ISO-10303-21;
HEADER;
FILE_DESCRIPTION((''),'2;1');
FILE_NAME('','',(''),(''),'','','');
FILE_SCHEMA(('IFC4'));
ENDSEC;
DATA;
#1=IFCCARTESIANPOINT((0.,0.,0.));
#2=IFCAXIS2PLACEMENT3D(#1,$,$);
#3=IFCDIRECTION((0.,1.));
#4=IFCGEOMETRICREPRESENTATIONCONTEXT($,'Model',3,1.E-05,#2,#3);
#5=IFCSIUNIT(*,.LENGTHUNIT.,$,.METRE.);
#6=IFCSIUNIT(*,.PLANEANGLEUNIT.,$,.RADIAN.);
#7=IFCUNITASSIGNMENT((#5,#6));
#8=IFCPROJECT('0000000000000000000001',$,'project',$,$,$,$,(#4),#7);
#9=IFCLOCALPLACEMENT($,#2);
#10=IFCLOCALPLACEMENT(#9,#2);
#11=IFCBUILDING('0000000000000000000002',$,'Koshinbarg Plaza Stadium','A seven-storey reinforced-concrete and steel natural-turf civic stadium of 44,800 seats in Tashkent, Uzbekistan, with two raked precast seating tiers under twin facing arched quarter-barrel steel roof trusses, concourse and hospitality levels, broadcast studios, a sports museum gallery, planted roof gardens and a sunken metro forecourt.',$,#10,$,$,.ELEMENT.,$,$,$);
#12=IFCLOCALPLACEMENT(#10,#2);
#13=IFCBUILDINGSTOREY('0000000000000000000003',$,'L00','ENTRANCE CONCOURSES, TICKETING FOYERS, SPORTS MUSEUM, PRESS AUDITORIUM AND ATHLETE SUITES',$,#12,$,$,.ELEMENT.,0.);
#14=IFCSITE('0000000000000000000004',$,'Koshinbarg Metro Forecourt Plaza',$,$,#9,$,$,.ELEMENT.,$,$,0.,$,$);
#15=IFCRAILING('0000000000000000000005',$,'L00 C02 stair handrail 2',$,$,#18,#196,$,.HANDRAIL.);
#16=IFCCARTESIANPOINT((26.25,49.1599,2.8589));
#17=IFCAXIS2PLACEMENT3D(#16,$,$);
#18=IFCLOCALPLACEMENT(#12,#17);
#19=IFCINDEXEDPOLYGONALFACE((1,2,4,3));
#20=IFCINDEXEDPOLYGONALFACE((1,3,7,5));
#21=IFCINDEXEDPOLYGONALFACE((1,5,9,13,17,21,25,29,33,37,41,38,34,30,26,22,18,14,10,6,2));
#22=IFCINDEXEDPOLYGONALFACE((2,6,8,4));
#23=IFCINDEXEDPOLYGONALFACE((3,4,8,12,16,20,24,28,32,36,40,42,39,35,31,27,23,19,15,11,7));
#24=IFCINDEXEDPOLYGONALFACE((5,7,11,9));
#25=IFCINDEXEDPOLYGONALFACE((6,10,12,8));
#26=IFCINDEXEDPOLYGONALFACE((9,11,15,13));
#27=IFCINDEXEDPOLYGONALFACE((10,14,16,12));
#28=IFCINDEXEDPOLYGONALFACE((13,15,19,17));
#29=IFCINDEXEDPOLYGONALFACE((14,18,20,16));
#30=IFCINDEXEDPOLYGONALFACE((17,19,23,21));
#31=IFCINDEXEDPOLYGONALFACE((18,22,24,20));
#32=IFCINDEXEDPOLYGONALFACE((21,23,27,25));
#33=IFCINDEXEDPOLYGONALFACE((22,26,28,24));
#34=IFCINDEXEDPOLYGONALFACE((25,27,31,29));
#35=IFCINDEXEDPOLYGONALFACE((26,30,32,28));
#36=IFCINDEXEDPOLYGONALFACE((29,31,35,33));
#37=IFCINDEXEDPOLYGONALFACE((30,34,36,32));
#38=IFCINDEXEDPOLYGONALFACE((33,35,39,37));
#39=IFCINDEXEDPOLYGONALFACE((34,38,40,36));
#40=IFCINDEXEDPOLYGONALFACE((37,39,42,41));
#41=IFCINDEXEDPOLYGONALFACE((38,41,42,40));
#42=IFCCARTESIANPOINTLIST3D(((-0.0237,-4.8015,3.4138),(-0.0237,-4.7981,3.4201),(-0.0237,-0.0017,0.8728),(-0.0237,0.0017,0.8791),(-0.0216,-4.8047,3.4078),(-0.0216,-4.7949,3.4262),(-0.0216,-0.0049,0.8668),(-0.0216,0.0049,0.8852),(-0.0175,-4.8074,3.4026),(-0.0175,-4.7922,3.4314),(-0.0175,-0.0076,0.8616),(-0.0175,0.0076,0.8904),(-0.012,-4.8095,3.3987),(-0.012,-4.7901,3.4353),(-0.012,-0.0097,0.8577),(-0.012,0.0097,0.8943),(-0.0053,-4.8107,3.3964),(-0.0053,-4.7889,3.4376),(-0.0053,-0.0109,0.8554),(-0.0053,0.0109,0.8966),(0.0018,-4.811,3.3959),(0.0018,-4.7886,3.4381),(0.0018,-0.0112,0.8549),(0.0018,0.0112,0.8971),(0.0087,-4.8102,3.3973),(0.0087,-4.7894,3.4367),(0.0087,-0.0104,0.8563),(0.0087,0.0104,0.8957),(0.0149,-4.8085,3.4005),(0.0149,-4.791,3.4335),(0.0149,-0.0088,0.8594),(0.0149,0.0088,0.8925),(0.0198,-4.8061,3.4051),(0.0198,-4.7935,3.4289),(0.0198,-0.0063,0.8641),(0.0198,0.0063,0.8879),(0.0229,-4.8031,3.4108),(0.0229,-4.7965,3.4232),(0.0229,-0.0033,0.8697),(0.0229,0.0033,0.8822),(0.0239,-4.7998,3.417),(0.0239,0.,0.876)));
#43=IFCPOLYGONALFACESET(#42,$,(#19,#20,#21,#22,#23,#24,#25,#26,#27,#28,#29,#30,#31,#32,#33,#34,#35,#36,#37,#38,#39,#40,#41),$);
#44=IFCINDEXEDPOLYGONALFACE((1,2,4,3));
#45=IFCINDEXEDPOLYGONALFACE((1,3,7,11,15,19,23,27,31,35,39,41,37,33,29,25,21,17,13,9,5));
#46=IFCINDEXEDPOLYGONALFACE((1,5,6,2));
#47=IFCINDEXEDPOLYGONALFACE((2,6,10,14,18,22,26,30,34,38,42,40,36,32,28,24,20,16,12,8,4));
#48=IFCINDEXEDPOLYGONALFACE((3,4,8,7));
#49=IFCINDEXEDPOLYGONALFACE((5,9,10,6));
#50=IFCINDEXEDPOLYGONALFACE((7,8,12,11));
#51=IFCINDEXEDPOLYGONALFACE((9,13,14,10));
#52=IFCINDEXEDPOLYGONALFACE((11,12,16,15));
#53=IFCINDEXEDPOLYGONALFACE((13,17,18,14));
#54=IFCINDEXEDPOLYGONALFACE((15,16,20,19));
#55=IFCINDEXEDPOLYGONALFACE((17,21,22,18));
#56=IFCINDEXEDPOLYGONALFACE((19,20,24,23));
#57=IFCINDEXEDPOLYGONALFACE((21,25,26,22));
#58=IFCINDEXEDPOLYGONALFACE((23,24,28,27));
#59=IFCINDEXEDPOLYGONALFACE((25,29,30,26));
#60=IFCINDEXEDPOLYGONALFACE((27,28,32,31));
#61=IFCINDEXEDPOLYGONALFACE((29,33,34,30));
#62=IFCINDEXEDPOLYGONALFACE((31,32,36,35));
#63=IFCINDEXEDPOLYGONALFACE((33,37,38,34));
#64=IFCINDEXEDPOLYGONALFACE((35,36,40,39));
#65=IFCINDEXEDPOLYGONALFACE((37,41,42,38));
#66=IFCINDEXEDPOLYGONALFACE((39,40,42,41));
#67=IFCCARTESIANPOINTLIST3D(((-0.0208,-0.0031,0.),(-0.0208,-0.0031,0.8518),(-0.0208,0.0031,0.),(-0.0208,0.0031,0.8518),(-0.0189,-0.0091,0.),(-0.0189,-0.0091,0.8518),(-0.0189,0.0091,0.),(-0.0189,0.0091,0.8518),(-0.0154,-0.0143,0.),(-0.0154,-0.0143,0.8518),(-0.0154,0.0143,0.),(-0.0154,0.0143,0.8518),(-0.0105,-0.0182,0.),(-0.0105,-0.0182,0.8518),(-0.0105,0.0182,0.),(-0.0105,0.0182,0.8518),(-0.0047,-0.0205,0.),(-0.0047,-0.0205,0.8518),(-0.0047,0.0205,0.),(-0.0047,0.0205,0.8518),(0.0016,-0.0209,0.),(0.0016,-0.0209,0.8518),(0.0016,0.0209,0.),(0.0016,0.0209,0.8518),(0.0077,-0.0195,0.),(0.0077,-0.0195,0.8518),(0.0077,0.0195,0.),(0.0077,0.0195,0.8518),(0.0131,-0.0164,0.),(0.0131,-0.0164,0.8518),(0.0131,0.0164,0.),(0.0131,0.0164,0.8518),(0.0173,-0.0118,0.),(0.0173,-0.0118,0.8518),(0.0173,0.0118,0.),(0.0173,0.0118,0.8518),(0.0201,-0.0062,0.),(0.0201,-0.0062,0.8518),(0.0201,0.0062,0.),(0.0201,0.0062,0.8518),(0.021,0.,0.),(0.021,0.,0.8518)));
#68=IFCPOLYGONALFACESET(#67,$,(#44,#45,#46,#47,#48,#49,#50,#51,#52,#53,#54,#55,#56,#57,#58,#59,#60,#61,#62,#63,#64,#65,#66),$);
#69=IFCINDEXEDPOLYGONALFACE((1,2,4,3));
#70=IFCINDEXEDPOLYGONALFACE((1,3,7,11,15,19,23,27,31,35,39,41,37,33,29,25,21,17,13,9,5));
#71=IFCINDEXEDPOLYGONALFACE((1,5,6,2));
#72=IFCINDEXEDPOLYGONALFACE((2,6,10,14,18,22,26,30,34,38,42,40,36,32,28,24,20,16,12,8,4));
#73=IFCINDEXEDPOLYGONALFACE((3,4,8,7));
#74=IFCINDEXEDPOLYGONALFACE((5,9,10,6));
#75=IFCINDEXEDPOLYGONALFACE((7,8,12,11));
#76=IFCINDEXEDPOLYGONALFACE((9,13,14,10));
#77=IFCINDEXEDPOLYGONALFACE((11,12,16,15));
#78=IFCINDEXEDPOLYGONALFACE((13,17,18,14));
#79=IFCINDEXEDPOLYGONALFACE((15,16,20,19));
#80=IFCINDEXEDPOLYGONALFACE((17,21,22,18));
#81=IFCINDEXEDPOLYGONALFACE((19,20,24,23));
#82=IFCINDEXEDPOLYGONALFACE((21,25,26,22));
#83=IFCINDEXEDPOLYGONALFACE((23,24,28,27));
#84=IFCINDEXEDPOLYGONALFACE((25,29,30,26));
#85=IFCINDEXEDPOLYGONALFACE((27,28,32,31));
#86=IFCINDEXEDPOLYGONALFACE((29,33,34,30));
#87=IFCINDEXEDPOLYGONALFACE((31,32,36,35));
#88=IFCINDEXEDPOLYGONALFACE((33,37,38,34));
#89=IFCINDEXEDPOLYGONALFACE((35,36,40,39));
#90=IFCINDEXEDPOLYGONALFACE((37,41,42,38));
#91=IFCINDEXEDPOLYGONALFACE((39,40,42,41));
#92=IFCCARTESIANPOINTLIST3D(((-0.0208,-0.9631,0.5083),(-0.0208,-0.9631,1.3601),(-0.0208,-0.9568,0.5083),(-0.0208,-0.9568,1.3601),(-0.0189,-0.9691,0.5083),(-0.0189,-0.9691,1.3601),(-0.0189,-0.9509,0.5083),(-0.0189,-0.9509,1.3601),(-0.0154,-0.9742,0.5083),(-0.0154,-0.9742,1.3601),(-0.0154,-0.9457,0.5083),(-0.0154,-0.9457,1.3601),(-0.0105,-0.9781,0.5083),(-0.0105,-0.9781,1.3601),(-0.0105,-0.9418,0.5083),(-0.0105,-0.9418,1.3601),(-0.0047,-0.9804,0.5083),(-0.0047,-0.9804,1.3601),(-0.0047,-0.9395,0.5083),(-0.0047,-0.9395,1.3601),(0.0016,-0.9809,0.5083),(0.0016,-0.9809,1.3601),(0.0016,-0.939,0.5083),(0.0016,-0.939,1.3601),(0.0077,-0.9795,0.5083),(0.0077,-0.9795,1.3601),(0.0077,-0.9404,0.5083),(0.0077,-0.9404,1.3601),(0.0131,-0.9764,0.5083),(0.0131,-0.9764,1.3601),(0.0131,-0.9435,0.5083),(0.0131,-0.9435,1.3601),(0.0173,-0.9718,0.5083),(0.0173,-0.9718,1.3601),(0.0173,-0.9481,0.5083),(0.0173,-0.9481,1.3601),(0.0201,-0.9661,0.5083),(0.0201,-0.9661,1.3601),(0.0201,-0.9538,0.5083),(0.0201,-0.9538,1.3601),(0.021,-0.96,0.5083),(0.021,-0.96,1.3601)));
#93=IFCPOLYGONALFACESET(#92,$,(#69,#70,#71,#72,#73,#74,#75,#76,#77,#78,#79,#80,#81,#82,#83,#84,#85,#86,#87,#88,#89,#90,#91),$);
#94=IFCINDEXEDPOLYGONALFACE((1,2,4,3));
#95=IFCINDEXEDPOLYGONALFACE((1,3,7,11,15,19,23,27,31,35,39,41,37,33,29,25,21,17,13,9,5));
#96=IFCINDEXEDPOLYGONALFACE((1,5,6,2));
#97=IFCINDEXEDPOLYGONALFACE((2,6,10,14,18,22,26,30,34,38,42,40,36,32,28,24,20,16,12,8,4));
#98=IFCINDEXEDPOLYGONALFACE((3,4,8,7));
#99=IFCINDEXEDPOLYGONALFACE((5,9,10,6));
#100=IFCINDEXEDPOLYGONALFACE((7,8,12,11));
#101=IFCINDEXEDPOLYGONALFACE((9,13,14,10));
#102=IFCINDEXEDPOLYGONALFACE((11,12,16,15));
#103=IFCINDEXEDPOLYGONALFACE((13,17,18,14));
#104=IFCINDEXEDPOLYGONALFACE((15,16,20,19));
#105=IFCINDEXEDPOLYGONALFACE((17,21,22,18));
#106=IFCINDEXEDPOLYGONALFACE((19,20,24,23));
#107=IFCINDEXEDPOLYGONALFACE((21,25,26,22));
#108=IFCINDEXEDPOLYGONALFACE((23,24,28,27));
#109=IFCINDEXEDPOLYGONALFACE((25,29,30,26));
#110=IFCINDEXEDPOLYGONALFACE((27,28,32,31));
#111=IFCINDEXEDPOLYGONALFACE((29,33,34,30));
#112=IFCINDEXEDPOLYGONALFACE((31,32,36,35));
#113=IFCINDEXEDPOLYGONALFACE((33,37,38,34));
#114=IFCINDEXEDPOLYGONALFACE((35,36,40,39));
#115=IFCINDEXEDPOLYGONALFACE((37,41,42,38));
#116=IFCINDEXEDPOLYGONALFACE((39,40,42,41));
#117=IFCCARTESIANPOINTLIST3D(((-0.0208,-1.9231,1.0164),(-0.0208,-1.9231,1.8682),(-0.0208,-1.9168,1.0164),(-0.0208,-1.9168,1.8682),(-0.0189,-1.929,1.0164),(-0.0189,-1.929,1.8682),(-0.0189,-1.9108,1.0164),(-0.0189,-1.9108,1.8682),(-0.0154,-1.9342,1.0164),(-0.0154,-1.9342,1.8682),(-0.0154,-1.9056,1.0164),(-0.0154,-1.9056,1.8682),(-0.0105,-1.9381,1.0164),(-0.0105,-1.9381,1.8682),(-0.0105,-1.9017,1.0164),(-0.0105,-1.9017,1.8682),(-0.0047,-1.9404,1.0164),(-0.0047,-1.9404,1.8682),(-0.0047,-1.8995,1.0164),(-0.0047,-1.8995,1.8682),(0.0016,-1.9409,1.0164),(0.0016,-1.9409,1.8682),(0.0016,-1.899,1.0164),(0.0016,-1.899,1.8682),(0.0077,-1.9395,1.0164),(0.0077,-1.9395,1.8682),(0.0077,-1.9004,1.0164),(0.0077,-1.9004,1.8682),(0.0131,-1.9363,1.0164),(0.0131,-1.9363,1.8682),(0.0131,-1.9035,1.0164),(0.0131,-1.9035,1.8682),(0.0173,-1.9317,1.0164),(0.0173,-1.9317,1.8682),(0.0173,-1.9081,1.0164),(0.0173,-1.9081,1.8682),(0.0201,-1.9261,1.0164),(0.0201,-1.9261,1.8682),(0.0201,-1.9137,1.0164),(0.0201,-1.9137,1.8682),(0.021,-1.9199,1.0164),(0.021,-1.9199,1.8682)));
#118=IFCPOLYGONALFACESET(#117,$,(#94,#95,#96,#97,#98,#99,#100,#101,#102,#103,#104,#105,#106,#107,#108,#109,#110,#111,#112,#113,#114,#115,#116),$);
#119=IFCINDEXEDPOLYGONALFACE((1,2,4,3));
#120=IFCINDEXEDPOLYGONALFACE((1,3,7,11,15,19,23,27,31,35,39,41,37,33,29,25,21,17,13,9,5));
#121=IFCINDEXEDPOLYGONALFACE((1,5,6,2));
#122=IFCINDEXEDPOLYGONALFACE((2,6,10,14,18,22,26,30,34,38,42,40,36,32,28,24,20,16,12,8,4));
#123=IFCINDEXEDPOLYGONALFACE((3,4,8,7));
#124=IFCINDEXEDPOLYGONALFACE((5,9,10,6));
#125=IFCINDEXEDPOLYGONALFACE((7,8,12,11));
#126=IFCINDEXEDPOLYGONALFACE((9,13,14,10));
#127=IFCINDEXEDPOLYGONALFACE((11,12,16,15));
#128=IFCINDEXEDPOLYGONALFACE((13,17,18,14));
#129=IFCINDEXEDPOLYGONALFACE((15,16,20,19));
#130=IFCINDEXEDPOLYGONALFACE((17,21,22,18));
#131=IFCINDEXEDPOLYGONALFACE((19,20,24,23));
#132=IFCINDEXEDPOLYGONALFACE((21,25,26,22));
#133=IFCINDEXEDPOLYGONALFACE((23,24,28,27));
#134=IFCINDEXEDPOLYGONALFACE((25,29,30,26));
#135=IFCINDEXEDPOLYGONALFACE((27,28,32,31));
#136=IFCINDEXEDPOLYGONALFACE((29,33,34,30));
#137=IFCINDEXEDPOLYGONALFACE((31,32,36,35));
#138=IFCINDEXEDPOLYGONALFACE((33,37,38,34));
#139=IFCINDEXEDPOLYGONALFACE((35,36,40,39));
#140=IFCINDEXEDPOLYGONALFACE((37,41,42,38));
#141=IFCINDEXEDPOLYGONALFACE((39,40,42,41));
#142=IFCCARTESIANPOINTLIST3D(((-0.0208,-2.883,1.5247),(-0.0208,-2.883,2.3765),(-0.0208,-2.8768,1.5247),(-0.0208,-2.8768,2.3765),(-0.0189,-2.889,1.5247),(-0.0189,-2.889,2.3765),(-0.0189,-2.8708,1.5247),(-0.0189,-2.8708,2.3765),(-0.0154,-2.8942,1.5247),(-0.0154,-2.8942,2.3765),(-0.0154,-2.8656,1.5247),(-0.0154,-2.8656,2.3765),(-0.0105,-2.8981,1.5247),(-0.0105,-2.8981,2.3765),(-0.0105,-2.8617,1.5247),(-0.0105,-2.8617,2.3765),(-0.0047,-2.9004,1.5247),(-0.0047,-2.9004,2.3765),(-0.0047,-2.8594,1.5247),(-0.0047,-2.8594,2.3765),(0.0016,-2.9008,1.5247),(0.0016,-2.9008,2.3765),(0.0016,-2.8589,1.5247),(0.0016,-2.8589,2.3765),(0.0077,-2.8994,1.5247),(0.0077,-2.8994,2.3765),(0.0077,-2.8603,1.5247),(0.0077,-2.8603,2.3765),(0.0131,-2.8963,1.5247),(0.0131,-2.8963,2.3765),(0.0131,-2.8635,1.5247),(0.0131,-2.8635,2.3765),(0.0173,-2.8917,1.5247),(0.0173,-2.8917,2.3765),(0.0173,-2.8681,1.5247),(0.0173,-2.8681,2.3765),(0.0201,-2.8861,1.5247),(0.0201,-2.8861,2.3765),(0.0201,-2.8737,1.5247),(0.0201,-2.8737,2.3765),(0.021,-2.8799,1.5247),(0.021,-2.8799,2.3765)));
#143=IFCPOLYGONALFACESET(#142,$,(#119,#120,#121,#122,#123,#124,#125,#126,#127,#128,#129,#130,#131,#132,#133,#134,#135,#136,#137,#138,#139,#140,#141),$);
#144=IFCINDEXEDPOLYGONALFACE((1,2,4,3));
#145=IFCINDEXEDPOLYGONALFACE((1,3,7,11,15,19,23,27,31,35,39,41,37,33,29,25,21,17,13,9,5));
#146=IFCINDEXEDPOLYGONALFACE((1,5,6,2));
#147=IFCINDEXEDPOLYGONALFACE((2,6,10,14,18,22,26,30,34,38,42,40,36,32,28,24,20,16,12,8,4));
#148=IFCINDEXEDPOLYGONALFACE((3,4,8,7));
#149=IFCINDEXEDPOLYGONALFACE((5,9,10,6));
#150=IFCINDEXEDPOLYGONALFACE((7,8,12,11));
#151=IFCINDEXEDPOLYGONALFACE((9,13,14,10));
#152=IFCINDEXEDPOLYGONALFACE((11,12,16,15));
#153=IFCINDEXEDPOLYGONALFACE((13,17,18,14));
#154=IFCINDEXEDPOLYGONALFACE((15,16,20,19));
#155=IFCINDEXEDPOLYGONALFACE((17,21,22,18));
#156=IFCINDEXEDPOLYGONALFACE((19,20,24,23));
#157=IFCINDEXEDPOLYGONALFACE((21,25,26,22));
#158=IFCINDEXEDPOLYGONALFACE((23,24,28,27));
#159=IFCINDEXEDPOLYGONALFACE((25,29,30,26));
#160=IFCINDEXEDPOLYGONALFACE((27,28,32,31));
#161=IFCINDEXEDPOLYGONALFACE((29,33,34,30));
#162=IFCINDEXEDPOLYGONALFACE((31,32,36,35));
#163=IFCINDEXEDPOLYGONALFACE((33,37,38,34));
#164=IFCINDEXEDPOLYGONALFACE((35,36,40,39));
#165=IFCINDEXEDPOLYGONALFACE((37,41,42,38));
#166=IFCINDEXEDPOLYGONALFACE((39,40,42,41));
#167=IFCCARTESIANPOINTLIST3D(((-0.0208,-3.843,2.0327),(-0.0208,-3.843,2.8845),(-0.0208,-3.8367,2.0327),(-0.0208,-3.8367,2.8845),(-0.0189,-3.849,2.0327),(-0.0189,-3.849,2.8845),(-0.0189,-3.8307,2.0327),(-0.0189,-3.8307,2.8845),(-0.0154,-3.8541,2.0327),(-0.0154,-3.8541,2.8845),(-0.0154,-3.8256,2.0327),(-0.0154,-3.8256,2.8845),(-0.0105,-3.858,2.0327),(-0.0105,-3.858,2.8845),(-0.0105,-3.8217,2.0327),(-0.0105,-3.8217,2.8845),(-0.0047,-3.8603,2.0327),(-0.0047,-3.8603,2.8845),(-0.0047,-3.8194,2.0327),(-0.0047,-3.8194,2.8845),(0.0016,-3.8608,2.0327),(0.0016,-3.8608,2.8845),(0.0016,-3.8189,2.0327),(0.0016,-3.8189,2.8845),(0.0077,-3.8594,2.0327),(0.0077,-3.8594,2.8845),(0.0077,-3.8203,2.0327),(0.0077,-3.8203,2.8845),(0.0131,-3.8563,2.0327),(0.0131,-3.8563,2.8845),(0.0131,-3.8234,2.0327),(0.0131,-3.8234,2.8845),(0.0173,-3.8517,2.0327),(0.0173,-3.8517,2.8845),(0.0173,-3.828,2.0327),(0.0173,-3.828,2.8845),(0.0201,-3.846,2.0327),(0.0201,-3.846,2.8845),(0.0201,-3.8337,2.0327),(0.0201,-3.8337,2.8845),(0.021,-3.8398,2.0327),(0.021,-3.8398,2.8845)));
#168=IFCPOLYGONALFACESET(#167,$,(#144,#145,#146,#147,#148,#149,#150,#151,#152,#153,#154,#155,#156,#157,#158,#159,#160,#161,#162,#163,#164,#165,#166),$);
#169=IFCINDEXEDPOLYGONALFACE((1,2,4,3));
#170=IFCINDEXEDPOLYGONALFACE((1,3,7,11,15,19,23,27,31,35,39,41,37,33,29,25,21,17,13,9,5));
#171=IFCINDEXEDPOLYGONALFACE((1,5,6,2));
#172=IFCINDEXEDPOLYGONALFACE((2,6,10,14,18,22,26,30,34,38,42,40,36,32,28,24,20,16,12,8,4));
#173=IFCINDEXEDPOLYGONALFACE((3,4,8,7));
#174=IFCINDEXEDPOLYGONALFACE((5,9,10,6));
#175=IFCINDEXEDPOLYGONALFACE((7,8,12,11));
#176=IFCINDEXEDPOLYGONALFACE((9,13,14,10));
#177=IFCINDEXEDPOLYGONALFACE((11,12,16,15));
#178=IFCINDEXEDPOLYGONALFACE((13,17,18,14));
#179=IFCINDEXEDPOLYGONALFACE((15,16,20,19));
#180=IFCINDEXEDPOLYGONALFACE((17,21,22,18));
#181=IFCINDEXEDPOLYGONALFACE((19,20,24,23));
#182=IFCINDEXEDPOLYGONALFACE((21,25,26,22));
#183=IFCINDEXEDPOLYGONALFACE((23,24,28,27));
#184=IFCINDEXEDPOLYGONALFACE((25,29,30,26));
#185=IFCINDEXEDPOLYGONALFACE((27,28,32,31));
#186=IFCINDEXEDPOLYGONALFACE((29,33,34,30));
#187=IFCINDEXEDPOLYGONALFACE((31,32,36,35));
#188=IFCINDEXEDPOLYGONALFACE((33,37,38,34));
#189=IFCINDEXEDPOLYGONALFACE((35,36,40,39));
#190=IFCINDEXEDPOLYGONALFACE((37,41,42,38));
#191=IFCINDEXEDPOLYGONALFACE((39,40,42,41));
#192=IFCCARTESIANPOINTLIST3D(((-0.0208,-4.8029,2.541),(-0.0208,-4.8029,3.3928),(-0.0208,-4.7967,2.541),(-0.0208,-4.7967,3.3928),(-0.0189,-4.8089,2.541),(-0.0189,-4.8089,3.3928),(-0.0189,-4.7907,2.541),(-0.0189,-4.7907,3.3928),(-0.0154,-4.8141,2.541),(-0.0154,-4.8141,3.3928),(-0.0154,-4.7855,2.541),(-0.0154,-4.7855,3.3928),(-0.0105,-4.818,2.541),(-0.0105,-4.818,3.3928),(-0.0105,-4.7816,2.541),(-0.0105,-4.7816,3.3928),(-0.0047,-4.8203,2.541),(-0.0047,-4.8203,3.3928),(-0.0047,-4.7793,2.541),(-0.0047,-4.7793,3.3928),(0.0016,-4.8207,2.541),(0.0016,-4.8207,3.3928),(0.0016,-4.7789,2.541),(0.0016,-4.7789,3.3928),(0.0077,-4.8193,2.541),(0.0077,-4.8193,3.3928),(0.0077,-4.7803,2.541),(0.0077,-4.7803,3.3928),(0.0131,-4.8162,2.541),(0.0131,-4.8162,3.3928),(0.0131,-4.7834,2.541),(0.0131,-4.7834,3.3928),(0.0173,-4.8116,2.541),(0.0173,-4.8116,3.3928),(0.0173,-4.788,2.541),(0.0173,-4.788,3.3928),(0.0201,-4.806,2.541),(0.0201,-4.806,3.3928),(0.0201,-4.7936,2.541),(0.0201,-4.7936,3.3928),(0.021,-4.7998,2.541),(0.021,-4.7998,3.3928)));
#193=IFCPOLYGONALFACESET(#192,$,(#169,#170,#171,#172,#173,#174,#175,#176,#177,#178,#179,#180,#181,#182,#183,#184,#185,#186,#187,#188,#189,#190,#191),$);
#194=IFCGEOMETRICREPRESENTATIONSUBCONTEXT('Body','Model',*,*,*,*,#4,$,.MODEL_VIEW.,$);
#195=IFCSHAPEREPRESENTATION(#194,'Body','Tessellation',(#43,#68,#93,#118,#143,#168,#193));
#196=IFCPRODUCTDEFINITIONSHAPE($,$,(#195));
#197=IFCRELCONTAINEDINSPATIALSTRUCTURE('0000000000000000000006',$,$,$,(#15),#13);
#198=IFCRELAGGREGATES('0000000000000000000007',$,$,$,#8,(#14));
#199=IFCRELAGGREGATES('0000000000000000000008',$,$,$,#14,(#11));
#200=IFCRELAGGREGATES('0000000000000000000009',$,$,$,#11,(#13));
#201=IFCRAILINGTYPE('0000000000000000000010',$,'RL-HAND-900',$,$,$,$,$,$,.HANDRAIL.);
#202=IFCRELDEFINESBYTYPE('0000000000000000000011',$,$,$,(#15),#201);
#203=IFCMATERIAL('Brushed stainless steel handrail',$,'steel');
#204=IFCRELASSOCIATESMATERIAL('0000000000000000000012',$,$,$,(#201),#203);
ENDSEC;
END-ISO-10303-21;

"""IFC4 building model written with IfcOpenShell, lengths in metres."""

from ifc_helpers import new_model, si_unit, direction, frame, origin, origin_2d, place, context, subcontext, project, spatial, circle, extrude, material, type_object, element, save


model = new_model("IFC4")

# Units and contexts
model_context = context("Model", 3, precision=1e-05, world=origin(), true_north=direction((0.0, 1.0)))
body_context = subcontext(model_context, "Body", "Model", "MODEL_VIEW")
ifc_project = project(units=[si_unit("LENGTHUNIT", "METRE"), si_unit("PLANEANGLEUNIT", "RADIAN")], contexts=[model_context])

# Site, building, storey
site_placement = place(None, origin())
site = spatial("IfcSite", under=ifc_project, at=site_placement, Name="Koshinbarg Metro Forecourt Plaza", CompositionType="ELEMENT", RefElevation=0.0)
building_placement = place(site_placement, origin())
building = spatial("IfcBuilding", under=site, at=building_placement, Name="Koshinbarg Plaza Stadium", Description="A seven-storey reinforced-concrete and steel natural-turf civic stadium of 44,800 seats in Tashkent, Uzbekistan, with two raked precast seating tiers under twin facing arched quarter-barrel steel roof trusses, concourse and hospitality levels, broadcast studios, a sports museum gallery, planted roof gardens and a sunken metro forecourt.", CompositionType="ELEMENT")
storey_placement = place(building_placement, origin())
storey = spatial("IfcBuildingStorey", under=building, at=storey_placement, Name="L00", Description="ENTRANCE CONCOURSES, TICKETING FOYERS, SPORTS MUSEUM, PRESS AUDITORIUM AND ATHLETE SUITES", CompositionType="ELEMENT", Elevation=0.0)

# Railing
ifc_material_1 = material(Name="Brushed stainless steel handrail", Category="steel")
railing_type_1 = type_object("IfcRailingType", Name="RL-HAND-900", PredefinedType="HANDRAIL", material=ifc_material_1)
railing_1_placement = place(storey_placement, frame((26.25, 49.1599, 2.8589)))
element("IfcRailing", 1, at=railing_1_placement, inside=storey, type_object=railing_type_1, Name="L00 C02 stair handrail 2", PredefinedType="HANDRAIL", context=body_context, shape_type="SweptSolid", body=[
    extrude(circle(Radius=0.0239, at=origin_2d()), frame((0.0, 0.0, 0.876), z_axis=(0.0, -0.883792, 0.467879), x_axis=(1.0, 0.0, 0.0)), (0.0, 0.0, 1.0), 5.4309),
    extrude(circle(Radius=0.021, at=origin_2d()), origin(), (0.0, 0.0, 1.0), 0.8518),
    extrude(circle(Radius=0.021, at=origin_2d()), frame((0.0, -0.96, 0.5083)), (0.0, 0.0, 1.0), 0.8518),
    extrude(circle(Radius=0.021, at=origin_2d()), frame((0.0, -1.9199, 1.0164)), (0.0, 0.0, 1.0), 0.8518),
    extrude(circle(Radius=0.021, at=origin_2d()), frame((0.0, -2.8799, 1.5247)), (0.0, 0.0, 1.0), 0.8518),
    extrude(circle(Radius=0.021, at=origin_2d()), frame((0.0, -3.8398, 2.0327)), (0.0, 0.0, 1.0), 0.8518),
    extrude(circle(Radius=0.021, at=origin_2d()), frame((0.0, -4.7998, 2.541)), (0.0, 0.0, 1.0), 0.8518),
])

save(model, "model.ifc")
